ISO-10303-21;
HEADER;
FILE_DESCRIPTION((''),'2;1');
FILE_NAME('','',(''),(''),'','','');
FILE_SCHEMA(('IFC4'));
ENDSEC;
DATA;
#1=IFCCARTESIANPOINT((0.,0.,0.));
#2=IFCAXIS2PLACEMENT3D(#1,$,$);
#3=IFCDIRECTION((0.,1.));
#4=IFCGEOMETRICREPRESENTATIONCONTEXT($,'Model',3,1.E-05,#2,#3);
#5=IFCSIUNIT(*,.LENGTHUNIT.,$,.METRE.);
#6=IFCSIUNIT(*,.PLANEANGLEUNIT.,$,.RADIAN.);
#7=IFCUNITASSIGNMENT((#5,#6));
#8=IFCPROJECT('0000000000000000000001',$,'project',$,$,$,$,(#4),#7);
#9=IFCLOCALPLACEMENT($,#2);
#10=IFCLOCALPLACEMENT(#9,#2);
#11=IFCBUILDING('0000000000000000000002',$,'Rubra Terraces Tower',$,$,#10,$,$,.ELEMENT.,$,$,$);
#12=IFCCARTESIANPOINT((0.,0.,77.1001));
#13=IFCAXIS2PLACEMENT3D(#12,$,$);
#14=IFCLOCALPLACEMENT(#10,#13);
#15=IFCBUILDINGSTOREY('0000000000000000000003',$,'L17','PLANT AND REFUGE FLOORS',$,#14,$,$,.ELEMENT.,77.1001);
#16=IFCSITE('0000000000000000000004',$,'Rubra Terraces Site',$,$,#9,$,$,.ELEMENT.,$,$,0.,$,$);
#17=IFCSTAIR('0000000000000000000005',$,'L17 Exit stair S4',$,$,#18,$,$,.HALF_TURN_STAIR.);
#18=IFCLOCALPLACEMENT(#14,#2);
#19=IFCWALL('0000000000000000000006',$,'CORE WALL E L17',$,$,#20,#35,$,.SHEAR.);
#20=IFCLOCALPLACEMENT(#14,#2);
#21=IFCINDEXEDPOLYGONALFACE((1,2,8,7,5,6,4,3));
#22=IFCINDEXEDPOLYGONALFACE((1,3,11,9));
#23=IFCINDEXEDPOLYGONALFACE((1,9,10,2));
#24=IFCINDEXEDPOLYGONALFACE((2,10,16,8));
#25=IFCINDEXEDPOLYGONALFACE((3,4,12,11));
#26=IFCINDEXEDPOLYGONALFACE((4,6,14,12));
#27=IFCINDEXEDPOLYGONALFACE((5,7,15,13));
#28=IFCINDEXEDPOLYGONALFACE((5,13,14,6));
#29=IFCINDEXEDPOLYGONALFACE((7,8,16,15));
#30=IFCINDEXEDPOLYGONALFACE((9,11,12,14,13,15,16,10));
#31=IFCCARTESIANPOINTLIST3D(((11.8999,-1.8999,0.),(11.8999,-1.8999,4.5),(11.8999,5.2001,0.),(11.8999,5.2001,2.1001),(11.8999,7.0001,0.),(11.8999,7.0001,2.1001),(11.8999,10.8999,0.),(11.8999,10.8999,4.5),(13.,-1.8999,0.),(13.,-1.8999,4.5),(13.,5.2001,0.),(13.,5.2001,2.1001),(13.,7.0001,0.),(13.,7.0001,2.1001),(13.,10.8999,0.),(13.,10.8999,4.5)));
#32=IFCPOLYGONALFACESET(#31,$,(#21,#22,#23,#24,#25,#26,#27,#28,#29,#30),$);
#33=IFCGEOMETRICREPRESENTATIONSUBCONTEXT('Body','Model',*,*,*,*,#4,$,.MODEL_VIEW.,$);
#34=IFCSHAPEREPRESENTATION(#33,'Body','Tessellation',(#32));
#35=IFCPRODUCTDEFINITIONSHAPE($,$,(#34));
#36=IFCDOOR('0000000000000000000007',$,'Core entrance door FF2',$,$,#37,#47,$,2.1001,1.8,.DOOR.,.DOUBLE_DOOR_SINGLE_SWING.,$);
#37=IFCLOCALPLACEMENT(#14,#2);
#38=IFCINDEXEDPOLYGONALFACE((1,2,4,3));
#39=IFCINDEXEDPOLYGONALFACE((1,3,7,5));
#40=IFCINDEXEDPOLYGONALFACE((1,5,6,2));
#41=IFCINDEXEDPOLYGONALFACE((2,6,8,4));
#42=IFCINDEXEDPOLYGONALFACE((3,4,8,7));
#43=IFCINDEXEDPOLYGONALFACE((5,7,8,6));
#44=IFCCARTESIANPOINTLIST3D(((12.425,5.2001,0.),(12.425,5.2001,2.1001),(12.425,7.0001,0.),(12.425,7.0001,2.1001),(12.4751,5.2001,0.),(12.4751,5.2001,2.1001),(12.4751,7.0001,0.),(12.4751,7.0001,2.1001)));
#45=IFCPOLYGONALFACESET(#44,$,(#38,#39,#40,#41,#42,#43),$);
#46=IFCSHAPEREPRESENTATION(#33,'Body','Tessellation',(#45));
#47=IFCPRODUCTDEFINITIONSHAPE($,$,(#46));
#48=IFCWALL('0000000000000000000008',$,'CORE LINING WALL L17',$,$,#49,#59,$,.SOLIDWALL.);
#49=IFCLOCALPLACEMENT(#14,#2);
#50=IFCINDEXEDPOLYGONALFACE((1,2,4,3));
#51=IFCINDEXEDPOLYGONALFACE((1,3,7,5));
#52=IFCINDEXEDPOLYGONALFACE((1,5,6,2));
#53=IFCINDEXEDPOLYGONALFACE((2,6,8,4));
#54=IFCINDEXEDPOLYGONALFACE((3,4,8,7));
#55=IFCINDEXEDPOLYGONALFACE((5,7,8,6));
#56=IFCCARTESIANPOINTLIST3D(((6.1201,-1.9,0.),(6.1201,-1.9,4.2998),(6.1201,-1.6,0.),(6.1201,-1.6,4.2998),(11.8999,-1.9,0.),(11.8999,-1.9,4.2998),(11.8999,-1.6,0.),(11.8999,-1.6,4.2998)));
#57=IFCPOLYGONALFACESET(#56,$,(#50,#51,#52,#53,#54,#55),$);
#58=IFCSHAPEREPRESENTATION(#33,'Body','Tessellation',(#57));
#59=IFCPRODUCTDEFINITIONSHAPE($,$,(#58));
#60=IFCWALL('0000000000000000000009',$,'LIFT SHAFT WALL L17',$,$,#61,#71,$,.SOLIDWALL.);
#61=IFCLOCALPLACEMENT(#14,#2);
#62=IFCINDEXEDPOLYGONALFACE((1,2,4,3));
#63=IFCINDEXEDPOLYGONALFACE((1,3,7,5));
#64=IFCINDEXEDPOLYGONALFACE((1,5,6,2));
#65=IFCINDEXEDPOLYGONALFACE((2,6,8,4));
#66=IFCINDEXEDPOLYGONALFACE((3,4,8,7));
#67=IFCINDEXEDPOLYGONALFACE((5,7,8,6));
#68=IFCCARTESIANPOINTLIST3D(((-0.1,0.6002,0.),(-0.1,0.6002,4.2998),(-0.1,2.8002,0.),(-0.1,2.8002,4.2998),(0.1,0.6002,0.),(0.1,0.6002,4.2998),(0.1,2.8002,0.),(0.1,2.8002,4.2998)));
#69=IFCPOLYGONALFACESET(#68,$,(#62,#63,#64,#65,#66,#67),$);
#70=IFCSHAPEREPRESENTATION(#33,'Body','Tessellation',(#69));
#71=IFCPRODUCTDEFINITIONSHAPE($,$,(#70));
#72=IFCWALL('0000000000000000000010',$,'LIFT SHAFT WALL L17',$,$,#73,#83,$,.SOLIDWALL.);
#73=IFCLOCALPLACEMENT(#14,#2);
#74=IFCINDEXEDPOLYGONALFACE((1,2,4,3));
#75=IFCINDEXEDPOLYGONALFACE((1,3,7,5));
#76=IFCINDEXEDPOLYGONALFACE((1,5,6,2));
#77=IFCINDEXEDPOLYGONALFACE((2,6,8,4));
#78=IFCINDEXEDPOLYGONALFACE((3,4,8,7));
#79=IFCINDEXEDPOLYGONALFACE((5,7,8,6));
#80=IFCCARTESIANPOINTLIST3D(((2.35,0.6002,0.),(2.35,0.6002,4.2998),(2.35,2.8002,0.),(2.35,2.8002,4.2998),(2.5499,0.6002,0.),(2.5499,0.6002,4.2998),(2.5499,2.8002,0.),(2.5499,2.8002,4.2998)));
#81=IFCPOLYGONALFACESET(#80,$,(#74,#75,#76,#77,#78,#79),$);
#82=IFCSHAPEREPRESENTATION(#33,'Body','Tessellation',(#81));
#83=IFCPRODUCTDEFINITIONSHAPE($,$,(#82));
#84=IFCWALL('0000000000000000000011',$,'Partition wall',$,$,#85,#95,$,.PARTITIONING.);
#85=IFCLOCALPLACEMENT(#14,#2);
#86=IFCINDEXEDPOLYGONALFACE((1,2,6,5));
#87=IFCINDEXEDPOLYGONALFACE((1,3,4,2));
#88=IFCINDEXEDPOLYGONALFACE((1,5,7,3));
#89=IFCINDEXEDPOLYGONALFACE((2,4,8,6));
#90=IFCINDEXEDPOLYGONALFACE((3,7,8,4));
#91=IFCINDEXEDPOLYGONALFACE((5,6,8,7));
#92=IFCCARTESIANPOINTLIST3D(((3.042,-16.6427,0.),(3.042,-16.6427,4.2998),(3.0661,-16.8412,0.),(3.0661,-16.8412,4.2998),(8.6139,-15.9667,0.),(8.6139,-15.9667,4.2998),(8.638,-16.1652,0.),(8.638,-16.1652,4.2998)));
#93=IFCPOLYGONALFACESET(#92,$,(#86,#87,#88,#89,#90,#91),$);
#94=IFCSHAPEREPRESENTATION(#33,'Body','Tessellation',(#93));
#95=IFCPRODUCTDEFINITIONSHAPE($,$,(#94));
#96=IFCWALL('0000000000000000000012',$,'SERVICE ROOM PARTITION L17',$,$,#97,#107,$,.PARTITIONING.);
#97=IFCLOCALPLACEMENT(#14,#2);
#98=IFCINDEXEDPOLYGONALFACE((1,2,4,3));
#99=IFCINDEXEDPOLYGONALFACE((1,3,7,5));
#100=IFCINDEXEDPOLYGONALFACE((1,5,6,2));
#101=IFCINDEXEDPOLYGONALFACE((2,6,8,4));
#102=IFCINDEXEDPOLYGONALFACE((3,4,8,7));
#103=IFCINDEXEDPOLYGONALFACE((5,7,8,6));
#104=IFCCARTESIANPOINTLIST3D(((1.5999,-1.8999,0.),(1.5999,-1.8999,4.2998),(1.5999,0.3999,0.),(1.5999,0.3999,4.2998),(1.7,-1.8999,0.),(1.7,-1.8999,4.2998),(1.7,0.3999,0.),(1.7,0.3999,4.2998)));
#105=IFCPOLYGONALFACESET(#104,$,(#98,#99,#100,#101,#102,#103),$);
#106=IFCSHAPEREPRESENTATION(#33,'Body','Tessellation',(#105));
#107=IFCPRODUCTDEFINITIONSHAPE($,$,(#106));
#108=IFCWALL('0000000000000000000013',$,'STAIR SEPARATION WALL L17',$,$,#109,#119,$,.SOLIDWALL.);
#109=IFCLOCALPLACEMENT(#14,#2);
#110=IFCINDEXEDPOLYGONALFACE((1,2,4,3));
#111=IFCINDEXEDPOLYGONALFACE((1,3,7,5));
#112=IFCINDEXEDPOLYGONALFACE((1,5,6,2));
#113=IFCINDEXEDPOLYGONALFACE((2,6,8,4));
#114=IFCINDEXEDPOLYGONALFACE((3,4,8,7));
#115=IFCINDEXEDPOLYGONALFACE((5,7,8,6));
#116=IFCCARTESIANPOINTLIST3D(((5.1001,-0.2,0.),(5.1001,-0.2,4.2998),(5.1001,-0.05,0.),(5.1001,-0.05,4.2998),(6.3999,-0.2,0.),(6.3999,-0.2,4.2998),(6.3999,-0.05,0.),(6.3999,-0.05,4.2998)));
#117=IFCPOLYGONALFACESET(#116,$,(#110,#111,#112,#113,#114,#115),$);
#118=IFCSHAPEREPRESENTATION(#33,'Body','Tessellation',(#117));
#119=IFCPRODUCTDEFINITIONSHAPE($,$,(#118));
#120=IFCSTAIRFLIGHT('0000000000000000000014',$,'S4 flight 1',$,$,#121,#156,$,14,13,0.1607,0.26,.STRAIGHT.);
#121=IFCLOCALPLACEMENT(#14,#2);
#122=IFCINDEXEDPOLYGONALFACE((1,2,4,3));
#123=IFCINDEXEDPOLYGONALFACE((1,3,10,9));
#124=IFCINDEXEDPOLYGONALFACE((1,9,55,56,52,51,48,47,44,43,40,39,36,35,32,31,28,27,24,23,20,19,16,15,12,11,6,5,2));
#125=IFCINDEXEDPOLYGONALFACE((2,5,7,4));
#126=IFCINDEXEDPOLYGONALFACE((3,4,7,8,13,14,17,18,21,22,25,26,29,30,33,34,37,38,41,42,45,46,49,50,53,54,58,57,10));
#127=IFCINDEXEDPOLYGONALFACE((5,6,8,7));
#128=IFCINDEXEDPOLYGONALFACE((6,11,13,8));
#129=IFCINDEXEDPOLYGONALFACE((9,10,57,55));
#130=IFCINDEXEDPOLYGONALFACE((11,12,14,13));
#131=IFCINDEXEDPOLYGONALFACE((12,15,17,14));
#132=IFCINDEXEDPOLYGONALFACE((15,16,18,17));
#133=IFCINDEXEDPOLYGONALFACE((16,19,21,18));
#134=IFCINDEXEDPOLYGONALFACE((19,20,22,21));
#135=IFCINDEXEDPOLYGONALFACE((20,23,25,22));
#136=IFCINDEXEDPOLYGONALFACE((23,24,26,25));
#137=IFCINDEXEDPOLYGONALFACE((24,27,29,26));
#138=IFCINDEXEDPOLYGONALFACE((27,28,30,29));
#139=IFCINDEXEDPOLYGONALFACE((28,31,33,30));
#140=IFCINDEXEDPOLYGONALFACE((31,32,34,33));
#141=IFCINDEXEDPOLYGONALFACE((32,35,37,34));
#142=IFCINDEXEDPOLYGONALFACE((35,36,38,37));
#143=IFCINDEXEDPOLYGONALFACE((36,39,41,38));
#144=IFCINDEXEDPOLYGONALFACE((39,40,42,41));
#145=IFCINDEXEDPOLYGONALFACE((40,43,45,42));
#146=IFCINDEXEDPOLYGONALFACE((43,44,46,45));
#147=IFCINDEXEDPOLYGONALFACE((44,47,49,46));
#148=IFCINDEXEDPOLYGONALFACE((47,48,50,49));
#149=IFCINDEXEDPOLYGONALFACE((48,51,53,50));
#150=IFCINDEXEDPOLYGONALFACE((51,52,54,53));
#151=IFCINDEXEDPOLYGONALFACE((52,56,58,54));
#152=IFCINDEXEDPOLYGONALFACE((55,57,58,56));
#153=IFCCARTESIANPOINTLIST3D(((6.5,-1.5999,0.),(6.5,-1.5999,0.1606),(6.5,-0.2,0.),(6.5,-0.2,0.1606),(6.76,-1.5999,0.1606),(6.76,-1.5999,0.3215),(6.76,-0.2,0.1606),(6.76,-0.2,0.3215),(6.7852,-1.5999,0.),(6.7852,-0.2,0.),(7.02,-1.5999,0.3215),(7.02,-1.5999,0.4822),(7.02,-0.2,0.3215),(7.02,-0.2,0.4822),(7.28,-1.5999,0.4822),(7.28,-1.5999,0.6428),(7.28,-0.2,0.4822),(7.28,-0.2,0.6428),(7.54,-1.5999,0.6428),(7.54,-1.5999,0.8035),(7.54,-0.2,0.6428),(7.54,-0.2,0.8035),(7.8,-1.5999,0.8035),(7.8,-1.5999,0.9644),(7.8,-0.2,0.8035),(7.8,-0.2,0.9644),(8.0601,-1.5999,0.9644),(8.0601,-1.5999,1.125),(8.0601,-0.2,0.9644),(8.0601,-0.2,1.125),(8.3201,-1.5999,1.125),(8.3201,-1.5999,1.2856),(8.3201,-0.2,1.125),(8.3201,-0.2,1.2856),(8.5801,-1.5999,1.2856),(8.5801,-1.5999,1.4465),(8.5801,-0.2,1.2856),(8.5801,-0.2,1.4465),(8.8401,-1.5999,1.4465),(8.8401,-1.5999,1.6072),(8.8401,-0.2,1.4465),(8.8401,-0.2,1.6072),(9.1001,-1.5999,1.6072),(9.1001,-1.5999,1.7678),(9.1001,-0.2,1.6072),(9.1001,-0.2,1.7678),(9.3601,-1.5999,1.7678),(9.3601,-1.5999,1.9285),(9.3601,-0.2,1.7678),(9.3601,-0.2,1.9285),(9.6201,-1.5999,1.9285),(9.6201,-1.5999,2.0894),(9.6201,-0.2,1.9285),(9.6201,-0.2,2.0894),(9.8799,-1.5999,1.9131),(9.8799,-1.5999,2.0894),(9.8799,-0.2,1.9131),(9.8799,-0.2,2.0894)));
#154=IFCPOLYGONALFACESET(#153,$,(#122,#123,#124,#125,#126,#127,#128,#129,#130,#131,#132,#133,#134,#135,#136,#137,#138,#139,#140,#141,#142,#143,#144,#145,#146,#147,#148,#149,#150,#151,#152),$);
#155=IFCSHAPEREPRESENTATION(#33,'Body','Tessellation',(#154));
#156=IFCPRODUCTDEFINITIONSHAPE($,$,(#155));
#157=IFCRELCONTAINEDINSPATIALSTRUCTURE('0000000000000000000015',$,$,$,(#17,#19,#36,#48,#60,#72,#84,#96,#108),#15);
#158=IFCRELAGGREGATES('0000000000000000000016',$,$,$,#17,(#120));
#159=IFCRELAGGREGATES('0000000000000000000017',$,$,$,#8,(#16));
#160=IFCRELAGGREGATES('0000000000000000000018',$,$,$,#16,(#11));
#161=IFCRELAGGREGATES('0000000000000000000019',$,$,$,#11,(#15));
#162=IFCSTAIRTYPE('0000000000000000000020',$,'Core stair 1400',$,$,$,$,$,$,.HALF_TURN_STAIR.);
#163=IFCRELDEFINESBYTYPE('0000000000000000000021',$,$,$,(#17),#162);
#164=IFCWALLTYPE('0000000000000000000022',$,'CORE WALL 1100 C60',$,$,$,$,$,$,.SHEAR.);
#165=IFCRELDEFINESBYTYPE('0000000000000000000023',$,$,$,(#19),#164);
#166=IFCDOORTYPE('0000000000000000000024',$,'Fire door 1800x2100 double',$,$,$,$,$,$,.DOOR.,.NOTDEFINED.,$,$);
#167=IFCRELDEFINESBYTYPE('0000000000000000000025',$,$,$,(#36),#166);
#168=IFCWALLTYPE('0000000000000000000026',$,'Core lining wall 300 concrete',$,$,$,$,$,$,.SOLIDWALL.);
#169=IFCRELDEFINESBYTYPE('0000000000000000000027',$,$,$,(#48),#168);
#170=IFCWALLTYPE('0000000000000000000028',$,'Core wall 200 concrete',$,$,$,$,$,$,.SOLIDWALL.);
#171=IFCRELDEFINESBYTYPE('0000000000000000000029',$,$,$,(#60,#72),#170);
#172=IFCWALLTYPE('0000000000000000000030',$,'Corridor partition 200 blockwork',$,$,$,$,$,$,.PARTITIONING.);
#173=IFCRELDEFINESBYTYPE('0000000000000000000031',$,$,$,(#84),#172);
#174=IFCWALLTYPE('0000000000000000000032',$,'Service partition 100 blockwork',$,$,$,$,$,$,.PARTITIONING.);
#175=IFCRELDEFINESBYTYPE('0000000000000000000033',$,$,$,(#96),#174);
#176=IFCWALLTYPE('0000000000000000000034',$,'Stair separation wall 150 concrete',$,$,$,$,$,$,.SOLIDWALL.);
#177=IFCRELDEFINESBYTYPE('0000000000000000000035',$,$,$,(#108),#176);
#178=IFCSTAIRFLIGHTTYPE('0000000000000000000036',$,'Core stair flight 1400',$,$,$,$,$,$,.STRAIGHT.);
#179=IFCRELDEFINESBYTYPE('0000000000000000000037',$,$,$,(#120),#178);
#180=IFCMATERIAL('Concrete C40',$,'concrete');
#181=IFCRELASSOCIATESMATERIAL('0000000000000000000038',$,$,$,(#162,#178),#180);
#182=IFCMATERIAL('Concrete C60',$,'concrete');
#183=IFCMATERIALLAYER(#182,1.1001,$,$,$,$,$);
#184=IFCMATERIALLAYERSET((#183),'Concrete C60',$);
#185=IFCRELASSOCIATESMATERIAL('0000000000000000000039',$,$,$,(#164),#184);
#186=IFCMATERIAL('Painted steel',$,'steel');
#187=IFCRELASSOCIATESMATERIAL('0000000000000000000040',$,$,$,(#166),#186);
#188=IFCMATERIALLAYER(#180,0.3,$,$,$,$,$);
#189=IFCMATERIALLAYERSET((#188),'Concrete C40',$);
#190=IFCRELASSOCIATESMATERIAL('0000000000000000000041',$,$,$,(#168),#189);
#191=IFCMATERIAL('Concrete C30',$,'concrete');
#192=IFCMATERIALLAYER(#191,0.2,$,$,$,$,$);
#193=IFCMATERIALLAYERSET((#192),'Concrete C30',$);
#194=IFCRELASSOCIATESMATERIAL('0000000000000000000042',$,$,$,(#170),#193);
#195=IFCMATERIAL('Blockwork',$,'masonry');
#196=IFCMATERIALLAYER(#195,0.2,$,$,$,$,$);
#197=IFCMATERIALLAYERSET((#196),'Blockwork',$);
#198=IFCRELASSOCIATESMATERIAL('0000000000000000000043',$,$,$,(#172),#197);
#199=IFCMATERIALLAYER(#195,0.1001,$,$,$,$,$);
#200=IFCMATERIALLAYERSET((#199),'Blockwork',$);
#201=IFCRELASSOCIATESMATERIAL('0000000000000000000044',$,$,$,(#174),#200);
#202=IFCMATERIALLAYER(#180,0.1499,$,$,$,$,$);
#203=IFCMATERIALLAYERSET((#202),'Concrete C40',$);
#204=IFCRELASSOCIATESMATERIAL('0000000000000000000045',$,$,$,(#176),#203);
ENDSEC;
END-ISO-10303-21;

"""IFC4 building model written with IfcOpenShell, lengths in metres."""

from ifc_helpers import new_model, si_unit, direction, frame, frame_2d, origin, place, context, subcontext, project, spatial, polyline, rectangle, outline, extrude, material, layer, layer_set, type_object, element, fill, aggregate, save


model = new_model("IFC4")

# Units and contexts
model_context = context("Model", 3, precision=1e-05, world=origin(), true_north=direction((0.0, 1.0)))
body_context = subcontext(model_context, "Body", "Model", "MODEL_VIEW")
ifc_project = project(units=[si_unit("LENGTHUNIT", "METRE"), si_unit("PLANEANGLEUNIT", "RADIAN")], contexts=[model_context])

# Site, building, storey
site_placement = place(None, origin())
site = spatial("IfcSite", under=ifc_project, at=site_placement, Name="Rubra Terraces Site", CompositionType="ELEMENT", RefElevation=0.0)
building_placement = place(site_placement, origin())
building = spatial("IfcBuilding", under=site, at=building_placement, Name="Rubra Terraces Tower", CompositionType="ELEMENT")
storey_placement = place(building_placement, frame((0.0, 0.0, 77.1001)))
storey = spatial("IfcBuildingStorey", under=building, at=storey_placement, Name="L17", Description="PLANT AND REFUGE FLOORS", CompositionType="ELEMENT", Elevation=77.1001)

# Shared definitions
ifc_material_1 = material(Name="Concrete C40", Category="concrete")

# Stair
stair_type = type_object("IfcStairType", Name="Core stair 1400", PredefinedType="HALF_TURN_STAIR", material=ifc_material_1)
stair_1_placement = place(storey_placement, origin())
stair_1 = element("IfcStair", 1, at=stair_1_placement, inside=storey, type_object=stair_type, Name="L17 Exit stair S4", PredefinedType="HALF_TURN_STAIR")

# Wall, opening, door
ifc_material_2 = material(Name="Concrete C60", Category="concrete")
ifc_layer_1 = layer(ifc_material_2, 1.1001)
ifc_layer_set_1 = layer_set([ifc_layer_1], Name="Concrete C60")
wall_type_1 = type_object("IfcWallType", Name="CORE WALL 1100 C60", PredefinedType="SHEAR", material=ifc_layer_set_1)
wall_1_placement = place(storey_placement, frame((12.45, -1.8999, 0.0), z_axis=(0.0, 0.0, 1.0), x_axis=(0.0, 1.0, 0.0)))
wall_1 = element("IfcWall", 2, at=wall_1_placement, inside=storey, type_object=wall_type_1, Name="CORE WALL E L17", PredefinedType="SHEAR", context=body_context, shape_type="SweptSolid", body=[
    extrude(rectangle(XDim=12.7998, YDim=1.1001, at=frame_2d((6.3999, 0.0))), origin(), (0.0, 0.0, 1.0), 4.5),
])
opening_placement = place(wall_1_placement, frame((7.1001, 0.0, 0.0)))
opening = element("IfcOpeningElement", 3, at=opening_placement, cuts=wall_1, PredefinedType="OPENING", context=body_context, shape_type="SweptSolid", body=[
    extrude(rectangle(XDim=1.8, YDim=2.1001, at=frame_2d((0.8999, 1.05))), frame((0.0, 0.5601, 0.0), z_axis=(0.0, -1.0, 0.0), x_axis=(1.0, 0.0, 0.0)), (0.0, 0.0, 1.0), 1.1201),
])
ifc_material_3 = material(Name="Painted steel", Category="steel")
door_type = type_object("IfcDoorType", Name="Fire door 1800x2100 double", OperationType="NOTDEFINED", PredefinedType="DOOR", material=ifc_material_3)
door_placement = place(opening_placement, origin())
door = element("IfcDoor", 4, at=door_placement, inside=storey, type_object=door_type, Name="Core entrance door FF2", OperationType="DOUBLE_DOOR_SINGLE_SWING", OverallHeight=2.1001, OverallWidth=1.8, PredefinedType="DOOR", context=body_context, shape_type="SweptSolid", body=[
    extrude(rectangle(XDim=1.8, YDim=2.1001, at=frame_2d((0.8999, 1.05))), frame((0.0, 0.0249, 0.0), z_axis=(0.0, -1.0, 0.0), x_axis=(1.0, 0.0, 0.0)), (0.0, 0.0, 1.0), 0.05),
])
fill(opening, door)

# Walls
ifc_layer_2 = layer(ifc_material_1, 0.3)
ifc_layer_set_2 = layer_set([ifc_layer_2], Name="Concrete C40")
wall_type_2 = type_object("IfcWallType", Name="Core lining wall 300 concrete", PredefinedType="SOLIDWALL", material=ifc_layer_set_2)
wall_2_placement = place(storey_placement, frame((11.8999, -1.75, 0.0), z_axis=(0.0, 0.0, 1.0), x_axis=(-1.0, 0.0, 0.0)))
element("IfcWall", 5, at=wall_2_placement, inside=storey, type_object=wall_type_2, Name="CORE LINING WALL L17", PredefinedType="SOLIDWALL", context=body_context, shape_type="SweptSolid", body=[
    extrude(rectangle(XDim=5.7798, YDim=0.3, at=frame_2d((2.8899, 0.0))), origin(), (0.0, 0.0, 1.0), 4.2998),
])
ifc_material_4 = material(Name="Concrete C30", Category="concrete")
ifc_layer_3 = layer(ifc_material_4, 0.2)
ifc_layer_set_3 = layer_set([ifc_layer_3], Name="Concrete C30")
wall_type_3 = type_object("IfcWallType", Name="Core wall 200 concrete", PredefinedType="SOLIDWALL", material=ifc_layer_set_3)
for number, where, z_axis, x_axis, name in (
    (6, (0.0, 0.6001, 0.0), (0.0, 0.0, 1.0), (0.0, 1.0, 0.0), "LIFT SHAFT WALL L17"),
    (7, (2.45, 0.6001, 0.0), (0.0, 0.0, 1.0), (0.0, 1.0, 0.0), "LIFT SHAFT WALL L17"),
):
    element("IfcWall", number, at=place(storey_placement, frame(where, z_axis=z_axis, x_axis=x_axis)), inside=storey, type_object=wall_type_3, Name=name, PredefinedType="SOLIDWALL", context=body_context, shape_type="SweptSolid", body=[
        extrude(rectangle(XDim=2.2, YDim=0.2, at=frame_2d((1.1001, 0.0))), origin(), (0.0, 0.0, 1.0), 4.2998),
    ])
ifc_material_5 = material(Name="Blockwork", Category="masonry")
ifc_layer_4 = layer(ifc_material_5, 0.2)
ifc_layer_set_4 = layer_set([ifc_layer_4], Name="Blockwork")
wall_type_4 = type_object("IfcWallType", Name="Corridor partition 200 blockwork", PredefinedType="PARTITIONING", material=ifc_layer_set_4)
wall_3_placement = place(storey_placement, frame((8.626, -16.0659, 0.0), z_axis=(0.0, 0.0, 1.0), x_axis=(-0.99272, -0.120442, 0.0)))
element("IfcWall", 8, at=wall_3_placement, inside=storey, type_object=wall_type_4, Name="Partition wall", PredefinedType="PARTITIONING", context=body_context, shape_type="SweptSolid", body=[
    extrude(rectangle(XDim=5.6128, YDim=0.2, at=frame_2d((2.8064, 0.0))), origin(), (0.0, 0.0, 1.0), 4.2998),
])
ifc_layer_5 = layer(ifc_material_5, 0.1001)
ifc_layer_set_5 = layer_set([ifc_layer_5], Name="Blockwork")
wall_type_5 = type_object("IfcWallType", Name="Service partition 100 blockwork", PredefinedType="PARTITIONING", material=ifc_layer_set_5)
wall_4_placement = place(storey_placement, frame((1.6499, -1.8999, 0.0), z_axis=(0.0, 0.0, 1.0), x_axis=(0.0, 1.0, 0.0)))
element("IfcWall", 9, at=wall_4_placement, inside=storey, type_object=wall_type_5, Name="SERVICE ROOM PARTITION L17", PredefinedType="PARTITIONING", context=body_context, shape_type="SweptSolid", body=[
    extrude(rectangle(XDim=2.2998, YDim=0.1001, at=frame_2d((1.1499, 0.0))), origin(), (0.0, 0.0, 1.0), 4.2998),
])
ifc_layer_6 = layer(ifc_material_1, 0.1499)
ifc_layer_set_6 = layer_set([ifc_layer_6], Name="Concrete C40")
wall_type_6 = type_object("IfcWallType", Name="Stair separation wall 150 concrete", PredefinedType="SOLIDWALL", material=ifc_layer_set_6)
wall_5_placement = place(storey_placement, frame((6.3999, -0.125, 0.0), z_axis=(0.0, 0.0, 1.0), x_axis=(-1.0, 0.0, 0.0)))
element("IfcWall", 10, at=wall_5_placement, inside=storey, type_object=wall_type_6, Name="STAIR SEPARATION WALL L17", PredefinedType="SOLIDWALL", context=body_context, shape_type="SweptSolid", body=[
    extrude(rectangle(XDim=1.2998, YDim=0.1499, at=frame_2d((0.6499, 0.0))), origin(), (0.0, 0.0, 1.0), 4.2998),
])

# Stair flight
stair_flight_type = type_object("IfcStairFlightType", Name="Core stair flight 1400", PredefinedType="STRAIGHT", material=ifc_material_1)
stair_flight_1_placement = place(storey_placement, frame((6.5, -0.8999, 0.0), z_axis=(0.0, 0.0, 1.0), x_axis=(1.0, 0.0, 0.0)))
stair_flight_1 = element("IfcStairFlight", 11, at=stair_flight_1_placement, type_object=stair_flight_type, Name="S4 flight 1", NumberOfRisers=14, NumberOfTreads=13, PredefinedType="STRAIGHT", RiserHeight=0.1607, TreadLength=0.26, context=body_context, shape_type="SweptSolid", body=[
    extrude(outline(polyline([(0.0, 0.0), (0.0, 0.1606), (0.26, 0.1606), (0.26, 0.3215), (0.52, 0.3215), (0.52, 0.4822), (0.78, 0.4822), (0.78, 0.6428), (1.04, 0.6428), (1.04, 0.8035), (1.3, 0.8035), (1.3, 0.9644), (1.5601, 0.9644), (1.5601, 1.125), (1.8201, 1.125), (1.8201, 1.2856), (2.0801, 1.2856), (2.0801, 1.4465), (2.3401, 1.4465), (2.3401, 1.6072), (2.6001, 1.6072), (2.6001, 1.7678), (2.8601, 1.7678), (2.8601, 1.9285), (3.1201, 1.9285), (3.1201, 2.0894), (3.3799, 2.0894), (3.3799, 2.25), (3.3799, 1.9131), (0.2852, 0.0), (0.0, 0.0)])), frame((0.0, 0.7, 0.0), z_axis=(0.0, -1.0, 0.0), x_axis=(1.0, 0.0, 0.0)), (0.0, 0.0, 1.0), 1.3999),
])
aggregate(stair_1, [stair_flight_1])

save(model, "model.ifc")
